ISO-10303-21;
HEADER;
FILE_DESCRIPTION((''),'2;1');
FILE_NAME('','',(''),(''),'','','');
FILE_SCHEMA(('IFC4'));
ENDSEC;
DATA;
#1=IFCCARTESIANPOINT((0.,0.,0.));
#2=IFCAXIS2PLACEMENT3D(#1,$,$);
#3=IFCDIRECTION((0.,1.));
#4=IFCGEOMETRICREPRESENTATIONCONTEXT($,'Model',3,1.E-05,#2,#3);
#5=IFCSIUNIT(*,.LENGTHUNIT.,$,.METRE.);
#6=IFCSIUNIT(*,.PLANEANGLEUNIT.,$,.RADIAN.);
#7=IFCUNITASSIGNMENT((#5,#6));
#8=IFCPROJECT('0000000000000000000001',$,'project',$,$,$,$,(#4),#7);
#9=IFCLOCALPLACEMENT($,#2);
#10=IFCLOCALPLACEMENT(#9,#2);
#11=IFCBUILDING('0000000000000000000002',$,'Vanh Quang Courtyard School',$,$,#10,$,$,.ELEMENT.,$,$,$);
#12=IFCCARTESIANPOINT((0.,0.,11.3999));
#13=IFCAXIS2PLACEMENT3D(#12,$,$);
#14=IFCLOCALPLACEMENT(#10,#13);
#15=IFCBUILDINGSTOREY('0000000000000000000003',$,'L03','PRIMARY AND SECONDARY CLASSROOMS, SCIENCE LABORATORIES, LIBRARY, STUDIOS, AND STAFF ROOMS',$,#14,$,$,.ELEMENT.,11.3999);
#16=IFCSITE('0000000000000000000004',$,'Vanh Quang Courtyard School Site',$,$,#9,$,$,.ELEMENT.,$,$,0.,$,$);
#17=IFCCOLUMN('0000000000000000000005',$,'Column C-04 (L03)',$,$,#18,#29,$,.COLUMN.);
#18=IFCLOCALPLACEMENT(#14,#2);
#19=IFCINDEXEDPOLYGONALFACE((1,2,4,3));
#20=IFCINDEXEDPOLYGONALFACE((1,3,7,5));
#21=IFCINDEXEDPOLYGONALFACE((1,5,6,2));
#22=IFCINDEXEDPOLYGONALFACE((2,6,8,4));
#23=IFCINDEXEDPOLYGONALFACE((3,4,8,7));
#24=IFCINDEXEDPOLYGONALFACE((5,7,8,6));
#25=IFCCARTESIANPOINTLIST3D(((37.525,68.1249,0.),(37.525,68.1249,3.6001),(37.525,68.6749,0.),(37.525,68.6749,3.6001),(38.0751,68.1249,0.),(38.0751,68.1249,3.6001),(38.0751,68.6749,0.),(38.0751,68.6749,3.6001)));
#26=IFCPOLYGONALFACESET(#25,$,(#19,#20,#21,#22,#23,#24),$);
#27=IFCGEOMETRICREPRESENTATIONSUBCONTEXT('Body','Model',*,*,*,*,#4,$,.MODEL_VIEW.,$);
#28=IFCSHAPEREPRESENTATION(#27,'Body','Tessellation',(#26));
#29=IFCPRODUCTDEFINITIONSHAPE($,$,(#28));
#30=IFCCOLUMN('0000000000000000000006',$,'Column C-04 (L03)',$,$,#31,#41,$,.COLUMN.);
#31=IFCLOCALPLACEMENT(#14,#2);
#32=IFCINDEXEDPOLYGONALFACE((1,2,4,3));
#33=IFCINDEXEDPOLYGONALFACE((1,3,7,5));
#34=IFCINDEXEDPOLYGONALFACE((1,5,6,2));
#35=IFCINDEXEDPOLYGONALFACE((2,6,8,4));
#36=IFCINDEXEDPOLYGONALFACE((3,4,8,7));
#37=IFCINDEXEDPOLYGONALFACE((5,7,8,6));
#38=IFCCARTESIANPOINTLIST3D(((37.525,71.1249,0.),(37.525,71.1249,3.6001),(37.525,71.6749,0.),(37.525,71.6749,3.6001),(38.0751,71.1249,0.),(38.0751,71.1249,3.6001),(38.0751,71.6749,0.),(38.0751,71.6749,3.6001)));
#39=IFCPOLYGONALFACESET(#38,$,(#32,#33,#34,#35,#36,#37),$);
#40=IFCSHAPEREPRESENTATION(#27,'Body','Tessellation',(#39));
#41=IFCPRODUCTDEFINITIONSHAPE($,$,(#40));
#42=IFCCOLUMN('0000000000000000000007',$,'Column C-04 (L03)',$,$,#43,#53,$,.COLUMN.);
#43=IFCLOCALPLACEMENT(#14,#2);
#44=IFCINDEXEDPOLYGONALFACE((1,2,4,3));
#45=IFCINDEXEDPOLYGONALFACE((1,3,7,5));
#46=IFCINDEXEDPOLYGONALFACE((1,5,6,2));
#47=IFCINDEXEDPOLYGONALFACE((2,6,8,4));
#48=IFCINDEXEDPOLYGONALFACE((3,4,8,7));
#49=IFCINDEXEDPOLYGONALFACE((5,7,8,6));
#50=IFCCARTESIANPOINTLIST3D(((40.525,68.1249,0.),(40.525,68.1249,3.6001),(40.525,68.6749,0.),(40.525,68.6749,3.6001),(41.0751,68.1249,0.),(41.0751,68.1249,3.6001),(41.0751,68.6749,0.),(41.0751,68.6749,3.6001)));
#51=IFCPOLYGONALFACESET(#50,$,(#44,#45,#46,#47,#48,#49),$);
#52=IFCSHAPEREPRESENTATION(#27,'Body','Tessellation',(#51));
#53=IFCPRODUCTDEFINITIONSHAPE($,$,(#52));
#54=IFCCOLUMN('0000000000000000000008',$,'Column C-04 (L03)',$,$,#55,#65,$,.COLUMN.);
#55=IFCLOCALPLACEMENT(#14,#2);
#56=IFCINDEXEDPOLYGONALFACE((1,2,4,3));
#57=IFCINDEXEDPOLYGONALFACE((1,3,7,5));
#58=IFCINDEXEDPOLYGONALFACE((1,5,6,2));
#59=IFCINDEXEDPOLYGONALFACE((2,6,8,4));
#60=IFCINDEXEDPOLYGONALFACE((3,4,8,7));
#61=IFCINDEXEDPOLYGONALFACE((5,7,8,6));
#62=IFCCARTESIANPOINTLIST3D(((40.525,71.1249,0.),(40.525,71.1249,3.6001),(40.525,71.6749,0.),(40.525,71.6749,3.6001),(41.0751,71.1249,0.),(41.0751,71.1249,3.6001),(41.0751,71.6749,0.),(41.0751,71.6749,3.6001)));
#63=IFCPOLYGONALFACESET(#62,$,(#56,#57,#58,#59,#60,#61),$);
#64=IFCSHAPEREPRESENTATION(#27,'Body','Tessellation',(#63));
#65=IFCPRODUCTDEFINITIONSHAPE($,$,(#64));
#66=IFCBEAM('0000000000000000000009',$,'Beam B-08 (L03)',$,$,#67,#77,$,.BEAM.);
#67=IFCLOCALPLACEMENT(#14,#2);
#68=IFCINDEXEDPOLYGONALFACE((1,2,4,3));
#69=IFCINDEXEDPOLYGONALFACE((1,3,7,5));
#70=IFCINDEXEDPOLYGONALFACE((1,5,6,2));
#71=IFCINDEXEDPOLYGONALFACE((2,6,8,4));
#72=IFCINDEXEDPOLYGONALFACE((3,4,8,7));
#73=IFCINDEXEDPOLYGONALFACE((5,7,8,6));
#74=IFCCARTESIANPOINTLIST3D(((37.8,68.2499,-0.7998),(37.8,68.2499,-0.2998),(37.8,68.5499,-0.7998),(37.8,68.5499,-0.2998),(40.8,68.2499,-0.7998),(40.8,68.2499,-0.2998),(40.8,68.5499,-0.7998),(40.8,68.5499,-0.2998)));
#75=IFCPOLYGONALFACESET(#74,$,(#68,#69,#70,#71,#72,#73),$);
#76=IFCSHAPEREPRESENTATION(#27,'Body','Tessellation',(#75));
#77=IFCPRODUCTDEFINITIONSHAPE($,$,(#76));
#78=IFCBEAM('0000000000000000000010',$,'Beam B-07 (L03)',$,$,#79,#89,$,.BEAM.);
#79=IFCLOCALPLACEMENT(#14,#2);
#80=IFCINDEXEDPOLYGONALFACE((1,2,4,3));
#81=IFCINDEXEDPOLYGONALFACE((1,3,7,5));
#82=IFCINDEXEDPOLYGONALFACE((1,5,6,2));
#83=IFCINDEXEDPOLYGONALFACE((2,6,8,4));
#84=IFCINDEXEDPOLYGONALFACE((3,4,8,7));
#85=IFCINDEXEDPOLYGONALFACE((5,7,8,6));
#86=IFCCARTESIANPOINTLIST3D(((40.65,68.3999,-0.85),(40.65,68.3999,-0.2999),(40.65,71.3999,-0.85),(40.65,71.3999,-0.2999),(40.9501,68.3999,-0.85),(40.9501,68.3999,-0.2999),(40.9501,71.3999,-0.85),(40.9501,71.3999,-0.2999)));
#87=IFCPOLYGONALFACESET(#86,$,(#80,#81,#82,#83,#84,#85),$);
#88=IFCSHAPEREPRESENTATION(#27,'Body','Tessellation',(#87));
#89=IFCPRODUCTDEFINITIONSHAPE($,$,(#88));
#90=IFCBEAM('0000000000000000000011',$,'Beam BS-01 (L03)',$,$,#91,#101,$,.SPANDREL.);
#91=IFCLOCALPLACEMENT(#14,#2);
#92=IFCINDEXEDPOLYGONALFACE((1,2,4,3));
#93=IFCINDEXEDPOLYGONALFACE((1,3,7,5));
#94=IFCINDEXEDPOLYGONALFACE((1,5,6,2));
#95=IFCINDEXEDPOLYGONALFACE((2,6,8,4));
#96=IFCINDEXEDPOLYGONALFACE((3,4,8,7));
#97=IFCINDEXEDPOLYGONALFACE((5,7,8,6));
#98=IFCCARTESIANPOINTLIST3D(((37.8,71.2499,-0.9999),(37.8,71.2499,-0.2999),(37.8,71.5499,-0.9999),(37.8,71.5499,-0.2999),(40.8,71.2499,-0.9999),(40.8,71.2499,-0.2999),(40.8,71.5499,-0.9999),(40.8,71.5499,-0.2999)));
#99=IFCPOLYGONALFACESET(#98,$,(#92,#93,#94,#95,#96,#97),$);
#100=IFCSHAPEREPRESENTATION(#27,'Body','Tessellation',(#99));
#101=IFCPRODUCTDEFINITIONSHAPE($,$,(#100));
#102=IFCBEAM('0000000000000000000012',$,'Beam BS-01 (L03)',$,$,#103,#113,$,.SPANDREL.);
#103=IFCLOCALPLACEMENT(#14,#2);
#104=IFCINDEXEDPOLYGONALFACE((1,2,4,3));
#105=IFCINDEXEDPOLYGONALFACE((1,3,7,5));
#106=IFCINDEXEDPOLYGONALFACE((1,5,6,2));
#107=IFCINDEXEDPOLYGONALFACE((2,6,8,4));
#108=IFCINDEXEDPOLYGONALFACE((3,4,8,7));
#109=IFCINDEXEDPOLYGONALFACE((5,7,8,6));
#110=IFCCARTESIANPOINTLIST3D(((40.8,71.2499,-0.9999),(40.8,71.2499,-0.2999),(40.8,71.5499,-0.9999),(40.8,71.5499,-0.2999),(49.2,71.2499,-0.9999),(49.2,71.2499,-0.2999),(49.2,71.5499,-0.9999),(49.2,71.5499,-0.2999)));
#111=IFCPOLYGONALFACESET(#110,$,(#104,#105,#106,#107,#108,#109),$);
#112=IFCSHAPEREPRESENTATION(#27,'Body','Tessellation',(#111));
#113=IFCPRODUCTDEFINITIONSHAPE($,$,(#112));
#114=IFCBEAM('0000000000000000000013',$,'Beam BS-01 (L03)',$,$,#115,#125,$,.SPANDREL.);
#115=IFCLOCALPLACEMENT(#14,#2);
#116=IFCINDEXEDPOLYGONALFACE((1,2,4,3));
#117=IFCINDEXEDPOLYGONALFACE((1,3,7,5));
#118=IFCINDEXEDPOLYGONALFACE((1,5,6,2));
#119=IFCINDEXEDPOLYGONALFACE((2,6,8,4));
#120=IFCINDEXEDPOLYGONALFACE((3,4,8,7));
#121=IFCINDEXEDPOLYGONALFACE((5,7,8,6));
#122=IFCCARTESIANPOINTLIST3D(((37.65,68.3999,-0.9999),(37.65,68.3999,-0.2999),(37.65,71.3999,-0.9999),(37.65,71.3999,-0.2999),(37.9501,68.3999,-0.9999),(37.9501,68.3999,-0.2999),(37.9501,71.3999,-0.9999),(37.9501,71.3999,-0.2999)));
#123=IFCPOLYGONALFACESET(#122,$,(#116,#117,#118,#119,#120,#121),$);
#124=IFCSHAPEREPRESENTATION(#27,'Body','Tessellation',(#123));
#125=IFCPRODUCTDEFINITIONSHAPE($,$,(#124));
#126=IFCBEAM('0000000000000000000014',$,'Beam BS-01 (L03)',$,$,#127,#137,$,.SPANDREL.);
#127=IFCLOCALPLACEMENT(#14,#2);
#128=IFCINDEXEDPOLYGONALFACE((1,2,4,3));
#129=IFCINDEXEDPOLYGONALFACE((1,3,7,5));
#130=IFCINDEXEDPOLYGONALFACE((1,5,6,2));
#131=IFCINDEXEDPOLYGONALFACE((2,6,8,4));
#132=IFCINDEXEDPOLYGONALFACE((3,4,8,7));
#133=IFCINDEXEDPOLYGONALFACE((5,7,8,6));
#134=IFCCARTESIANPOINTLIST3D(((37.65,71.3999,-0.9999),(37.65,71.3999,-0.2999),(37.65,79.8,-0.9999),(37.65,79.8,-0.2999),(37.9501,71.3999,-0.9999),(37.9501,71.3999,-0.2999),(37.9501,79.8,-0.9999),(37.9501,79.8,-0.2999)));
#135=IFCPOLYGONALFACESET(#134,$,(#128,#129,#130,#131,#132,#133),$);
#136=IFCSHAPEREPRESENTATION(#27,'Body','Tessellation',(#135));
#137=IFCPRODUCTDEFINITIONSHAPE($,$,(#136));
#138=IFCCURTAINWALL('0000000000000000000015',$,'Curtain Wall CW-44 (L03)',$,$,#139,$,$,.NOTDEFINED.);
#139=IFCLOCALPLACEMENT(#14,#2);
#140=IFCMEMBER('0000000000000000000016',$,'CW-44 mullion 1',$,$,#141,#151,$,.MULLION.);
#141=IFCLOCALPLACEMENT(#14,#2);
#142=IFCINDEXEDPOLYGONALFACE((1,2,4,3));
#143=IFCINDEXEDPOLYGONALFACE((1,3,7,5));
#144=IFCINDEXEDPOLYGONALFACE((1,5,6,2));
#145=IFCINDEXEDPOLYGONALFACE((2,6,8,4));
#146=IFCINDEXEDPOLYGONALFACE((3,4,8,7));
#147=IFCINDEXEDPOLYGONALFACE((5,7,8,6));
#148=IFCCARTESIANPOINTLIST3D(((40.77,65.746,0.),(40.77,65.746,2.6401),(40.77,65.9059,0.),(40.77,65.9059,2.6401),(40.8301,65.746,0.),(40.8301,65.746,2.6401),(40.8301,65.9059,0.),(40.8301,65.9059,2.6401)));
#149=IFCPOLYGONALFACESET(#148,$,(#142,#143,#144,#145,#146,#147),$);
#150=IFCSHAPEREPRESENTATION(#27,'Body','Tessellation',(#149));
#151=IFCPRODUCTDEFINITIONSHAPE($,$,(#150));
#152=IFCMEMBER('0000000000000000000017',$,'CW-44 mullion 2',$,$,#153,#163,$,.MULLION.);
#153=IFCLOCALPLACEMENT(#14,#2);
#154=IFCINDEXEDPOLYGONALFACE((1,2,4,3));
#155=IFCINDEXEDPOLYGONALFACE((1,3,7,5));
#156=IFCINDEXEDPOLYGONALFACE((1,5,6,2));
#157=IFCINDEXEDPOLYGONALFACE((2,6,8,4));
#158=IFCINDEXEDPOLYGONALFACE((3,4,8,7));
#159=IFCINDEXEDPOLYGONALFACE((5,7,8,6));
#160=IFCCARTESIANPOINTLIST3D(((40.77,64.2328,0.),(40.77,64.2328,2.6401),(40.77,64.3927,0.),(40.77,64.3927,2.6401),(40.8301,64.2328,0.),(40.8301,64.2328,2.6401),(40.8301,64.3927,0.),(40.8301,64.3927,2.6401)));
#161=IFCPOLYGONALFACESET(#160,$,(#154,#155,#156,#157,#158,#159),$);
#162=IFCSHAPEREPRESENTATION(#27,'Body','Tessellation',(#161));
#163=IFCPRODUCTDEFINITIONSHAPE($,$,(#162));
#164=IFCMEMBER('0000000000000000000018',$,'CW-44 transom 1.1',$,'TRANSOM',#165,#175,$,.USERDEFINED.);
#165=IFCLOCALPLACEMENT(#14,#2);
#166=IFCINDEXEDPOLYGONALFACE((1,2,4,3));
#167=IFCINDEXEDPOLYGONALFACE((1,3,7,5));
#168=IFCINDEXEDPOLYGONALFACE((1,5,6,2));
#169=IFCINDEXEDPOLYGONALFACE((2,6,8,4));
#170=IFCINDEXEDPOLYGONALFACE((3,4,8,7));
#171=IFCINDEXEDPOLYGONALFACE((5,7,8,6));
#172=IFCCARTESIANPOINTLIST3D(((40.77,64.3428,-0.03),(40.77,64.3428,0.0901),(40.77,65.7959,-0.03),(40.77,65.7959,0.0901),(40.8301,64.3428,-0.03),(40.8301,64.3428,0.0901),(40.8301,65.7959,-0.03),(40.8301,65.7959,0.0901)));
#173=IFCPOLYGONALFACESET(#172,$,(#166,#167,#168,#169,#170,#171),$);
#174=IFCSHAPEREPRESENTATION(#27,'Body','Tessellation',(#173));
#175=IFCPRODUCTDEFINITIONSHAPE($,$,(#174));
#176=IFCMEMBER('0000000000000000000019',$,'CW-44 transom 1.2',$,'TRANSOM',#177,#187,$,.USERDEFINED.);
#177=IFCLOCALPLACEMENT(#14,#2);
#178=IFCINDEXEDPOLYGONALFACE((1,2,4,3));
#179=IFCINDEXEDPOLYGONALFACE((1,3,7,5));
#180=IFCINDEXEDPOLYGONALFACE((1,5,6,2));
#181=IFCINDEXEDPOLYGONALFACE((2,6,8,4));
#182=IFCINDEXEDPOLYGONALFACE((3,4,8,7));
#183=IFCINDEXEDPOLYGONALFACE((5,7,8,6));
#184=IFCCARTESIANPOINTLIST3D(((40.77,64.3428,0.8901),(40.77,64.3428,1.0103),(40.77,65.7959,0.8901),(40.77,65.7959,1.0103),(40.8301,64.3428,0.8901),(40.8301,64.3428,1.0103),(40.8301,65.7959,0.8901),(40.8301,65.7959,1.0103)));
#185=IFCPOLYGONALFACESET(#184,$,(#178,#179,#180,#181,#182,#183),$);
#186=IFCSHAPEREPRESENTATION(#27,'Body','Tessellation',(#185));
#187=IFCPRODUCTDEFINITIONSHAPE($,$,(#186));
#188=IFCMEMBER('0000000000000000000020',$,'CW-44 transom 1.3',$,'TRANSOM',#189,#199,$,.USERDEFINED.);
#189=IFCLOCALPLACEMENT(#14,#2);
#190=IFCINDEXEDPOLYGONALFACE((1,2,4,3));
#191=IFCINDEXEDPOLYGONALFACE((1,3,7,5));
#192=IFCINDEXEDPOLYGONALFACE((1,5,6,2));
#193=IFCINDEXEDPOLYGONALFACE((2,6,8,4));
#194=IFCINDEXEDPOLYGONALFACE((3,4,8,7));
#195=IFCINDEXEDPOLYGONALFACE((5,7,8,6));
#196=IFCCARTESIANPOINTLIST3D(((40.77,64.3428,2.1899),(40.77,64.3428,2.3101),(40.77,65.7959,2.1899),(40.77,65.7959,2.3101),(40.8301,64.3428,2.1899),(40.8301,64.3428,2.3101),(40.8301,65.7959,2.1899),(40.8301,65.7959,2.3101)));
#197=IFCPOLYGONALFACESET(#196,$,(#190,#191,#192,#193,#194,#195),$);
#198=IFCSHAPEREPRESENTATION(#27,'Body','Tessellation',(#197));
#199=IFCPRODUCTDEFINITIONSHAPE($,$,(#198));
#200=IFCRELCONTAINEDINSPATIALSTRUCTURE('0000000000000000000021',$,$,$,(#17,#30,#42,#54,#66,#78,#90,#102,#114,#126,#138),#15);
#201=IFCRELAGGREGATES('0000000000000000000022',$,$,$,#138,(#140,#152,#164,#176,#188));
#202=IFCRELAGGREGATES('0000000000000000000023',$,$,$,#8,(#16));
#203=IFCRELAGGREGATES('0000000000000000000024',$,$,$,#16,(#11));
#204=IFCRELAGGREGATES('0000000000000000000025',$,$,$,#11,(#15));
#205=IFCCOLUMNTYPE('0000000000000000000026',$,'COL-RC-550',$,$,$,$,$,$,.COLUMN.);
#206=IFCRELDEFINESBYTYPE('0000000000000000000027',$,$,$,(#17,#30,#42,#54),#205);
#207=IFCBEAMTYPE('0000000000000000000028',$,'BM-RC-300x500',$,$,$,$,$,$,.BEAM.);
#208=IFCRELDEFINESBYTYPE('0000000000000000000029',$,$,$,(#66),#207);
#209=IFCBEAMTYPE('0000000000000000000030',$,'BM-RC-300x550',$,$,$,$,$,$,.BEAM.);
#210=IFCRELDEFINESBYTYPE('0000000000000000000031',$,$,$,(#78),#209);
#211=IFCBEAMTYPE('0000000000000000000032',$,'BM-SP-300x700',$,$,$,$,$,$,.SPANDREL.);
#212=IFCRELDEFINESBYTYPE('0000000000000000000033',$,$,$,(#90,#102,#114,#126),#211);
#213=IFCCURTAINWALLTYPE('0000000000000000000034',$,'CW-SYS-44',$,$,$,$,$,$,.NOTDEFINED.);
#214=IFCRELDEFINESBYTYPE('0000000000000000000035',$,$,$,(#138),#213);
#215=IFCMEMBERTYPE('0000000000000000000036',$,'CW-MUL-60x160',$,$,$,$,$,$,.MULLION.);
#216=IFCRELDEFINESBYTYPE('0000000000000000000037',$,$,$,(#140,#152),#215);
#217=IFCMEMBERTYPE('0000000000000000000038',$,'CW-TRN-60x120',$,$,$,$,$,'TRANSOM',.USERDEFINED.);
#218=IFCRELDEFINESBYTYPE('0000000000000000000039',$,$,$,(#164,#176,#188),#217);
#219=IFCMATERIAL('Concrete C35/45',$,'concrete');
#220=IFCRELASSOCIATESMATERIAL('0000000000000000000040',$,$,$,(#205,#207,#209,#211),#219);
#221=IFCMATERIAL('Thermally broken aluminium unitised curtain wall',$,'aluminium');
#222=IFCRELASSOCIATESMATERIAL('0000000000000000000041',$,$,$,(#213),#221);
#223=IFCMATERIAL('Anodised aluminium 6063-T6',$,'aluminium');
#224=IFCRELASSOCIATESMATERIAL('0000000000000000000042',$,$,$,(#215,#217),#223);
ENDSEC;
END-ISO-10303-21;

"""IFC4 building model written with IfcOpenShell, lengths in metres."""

from ifc_helpers import new_model, si_unit, direction, frame, origin, origin_2d, place, context, subcontext, project, spatial, rectangle, extrude, material, material_profile, profile_set, type_object, element, aggregate, save


model = new_model("IFC4")

# Units and contexts
model_context = context("Model", 3, precision=1e-05, world=origin(), true_north=direction((0.0, 1.0)))
body_context = subcontext(model_context, "Body", "Model", "MODEL_VIEW")
ifc_project = project(units=[si_unit("LENGTHUNIT", "METRE"), si_unit("PLANEANGLEUNIT", "RADIAN")], contexts=[model_context])

# Site, building, storey
site_placement = place(None, origin())
site = spatial("IfcSite", under=ifc_project, at=site_placement, Name="Vanh Quang Courtyard School Site", CompositionType="ELEMENT", RefElevation=0.0)
building_placement = place(site_placement, origin())
building = spatial("IfcBuilding", under=site, at=building_placement, Name="Vanh Quang Courtyard School", CompositionType="ELEMENT")
storey_placement = place(building_placement, frame((0.0, 0.0, 11.3999)))
storey = spatial("IfcBuildingStorey", under=building, at=storey_placement, Name="L03", Description="PRIMARY AND SECONDARY CLASSROOMS, SCIENCE LABORATORIES, LIBRARY, STUDIOS, AND STAFF ROOMS", CompositionType="ELEMENT", Elevation=11.3999)

# Columns
ifc_material_1 = material(Name="Concrete C35/45", Category="concrete")
ifc_material_profile_1 = material_profile(ifc_material_1, rectangle(XDim=0.55, YDim=0.55, at=origin_2d()), Name="RC-COL 550x550")
ifc_profile_set_1 = profile_set([ifc_material_profile_1], Name="Concrete C35/45")
column_type = type_object("IfcColumnType", Name="COL-RC-550", PredefinedType="COLUMN", material=ifc_profile_set_1)
for number, where, z_axis, x_axis, name in (
    (1, (37.8, 68.3999, 0.0), (0.0, 0.0, 1.0), (1.0, 0.0, 0.0), "Column C-04 (L03)"),
    (2, (37.8, 71.3999, 0.0), (0.0, 0.0, 1.0), (1.0, 0.0, 0.0), "Column C-04 (L03)"),
    (3, (40.8, 68.3999, 0.0), (0.0, 0.0, 1.0), (1.0, 0.0, 0.0), "Column C-04 (L03)"),
    (4, (40.8, 71.3999, 0.0), (0.0, 0.0, 1.0), (1.0, 0.0, 0.0), "Column C-04 (L03)"),
):
    element("IfcColumn", number, at=place(storey_placement, frame(where, z_axis=z_axis, x_axis=x_axis)), inside=storey, type_object=column_type, Name=name, PredefinedType="COLUMN", context=body_context, shape_type="SweptSolid", body=[
        extrude(rectangle(XDim=0.55, YDim=0.55, at=origin_2d()), origin(), (0.0, 0.0, 1.0), 3.6001),
    ])

# Beams
ifc_material_profile_2 = material_profile(ifc_material_1, rectangle(XDim=0.3, YDim=0.5, at=origin_2d()), Name="RC-BM 300x500")
ifc_profile_set_2 = profile_set([ifc_material_profile_2], Name="Concrete C35/45")
beam_type_1 = type_object("IfcBeamType", Name="BM-RC-300x500", PredefinedType="BEAM", material=ifc_profile_set_2)
beam_1_placement = place(storey_placement, frame((37.8, 68.3999, -0.5498), z_axis=(1.0, 0.0, 0.0), x_axis=(0.0, 1.0, 0.0)))
element("IfcBeam", 5, at=beam_1_placement, inside=storey, type_object=beam_type_1, Name="Beam B-08 (L03)", PredefinedType="BEAM", context=body_context, shape_type="SweptSolid", body=[
    extrude(rectangle(XDim=0.3, YDim=0.5, at=origin_2d()), origin(), (0.0, 0.0, 1.0), 3.0),
])
ifc_material_profile_3 = material_profile(ifc_material_1, rectangle(XDim=0.3, YDim=0.55, at=origin_2d()), Name="RC-BM 300x550")
ifc_profile_set_3 = profile_set([ifc_material_profile_3], Name="Concrete C35/45")
beam_type_2 = type_object("IfcBeamType", Name="BM-RC-300x550", PredefinedType="BEAM", material=ifc_profile_set_3)
beam_2_placement = place(storey_placement, frame((40.8, 68.3999, -0.575), z_axis=(0.0, 1.0, 0.0), x_axis=(-1.0, 0.0, 0.0)))
element("IfcBeam", 6, at=beam_2_placement, inside=storey, type_object=beam_type_2, Name="Beam B-07 (L03)", PredefinedType="BEAM", context=body_context, shape_type="SweptSolid", body=[
    extrude(rectangle(XDim=0.3, YDim=0.55, at=origin_2d()), origin(), (0.0, 0.0, 1.0), 3.0),
])
ifc_material_profile_4 = material_profile(ifc_material_1, rectangle(XDim=0.3, YDim=0.7, at=origin_2d()), Name="RC-SP 300x700")
ifc_profile_set_4 = profile_set([ifc_material_profile_4], Name="Concrete C35/45")
beam_type_3 = type_object("IfcBeamType", Name="BM-SP-300x700", PredefinedType="SPANDREL", material=ifc_profile_set_4)
beam_3_placement = place(storey_placement, frame((37.8, 71.3999, -0.6499), z_axis=(1.0, 0.0, 0.0), x_axis=(0.0, 1.0, 0.0)))
element("IfcBeam", 7, at=beam_3_placement, inside=storey, type_object=beam_type_3, Name="Beam BS-01 (L03)", PredefinedType="SPANDREL", context=body_context, shape_type="SweptSolid", body=[
    extrude(rectangle(XDim=0.3, YDim=0.7, at=origin_2d()), origin(), (0.0, 0.0, 1.0), 3.0),
])
beam_4_placement = place(storey_placement, frame((40.8, 71.3999, -0.6499), z_axis=(1.0, 0.0, 0.0), x_axis=(0.0, 1.0, 0.0)))
element("IfcBeam", 8, at=beam_4_placement, inside=storey, type_object=beam_type_3, Name="Beam BS-01 (L03)", PredefinedType="SPANDREL", context=body_context, shape_type="SweptSolid", body=[
    extrude(rectangle(XDim=0.3, YDim=0.7, at=origin_2d()), origin(), (0.0, 0.0, 1.0), 8.3999),
])
beam_5_placement = place(storey_placement, frame((37.8, 68.3999, -0.6499), z_axis=(0.0, 1.0, 0.0), x_axis=(-1.0, 0.0, 0.0)))
element("IfcBeam", 9, at=beam_5_placement, inside=storey, type_object=beam_type_3, Name="Beam BS-01 (L03)", PredefinedType="SPANDREL", context=body_context, shape_type="SweptSolid", body=[
    extrude(rectangle(XDim=0.3, YDim=0.7, at=origin_2d()), origin(), (0.0, 0.0, 1.0), 3.0),
])
beam_6_placement = place(storey_placement, frame((37.8, 71.3999, -0.6499), z_axis=(0.0, 1.0, 0.0), x_axis=(-1.0, 0.0, 0.0)))
element("IfcBeam", 10, at=beam_6_placement, inside=storey, type_object=beam_type_3, Name="Beam BS-01 (L03)", PredefinedType="SPANDREL", context=body_context, shape_type="SweptSolid", body=[
    extrude(rectangle(XDim=0.3, YDim=0.7, at=origin_2d()), origin(), (0.0, 0.0, 1.0), 8.4001),
])

# Curtain wall, members
ifc_material_2 = material(Name="Thermally broken aluminium unitised curtain wall", Category="aluminium")
curtain_wall_type = type_object("IfcCurtainWallType", Name="CW-SYS-44", PredefinedType="NOTDEFINED", material=ifc_material_2)
curtain_wall_placement = place(storey_placement, origin())
curtain_wall = element("IfcCurtainWall", 11, at=curtain_wall_placement, inside=storey, type_object=curtain_wall_type, Name="Curtain Wall CW-44 (L03)", PredefinedType="NOTDEFINED")
ifc_material_3 = material(Name="Anodised aluminium 6063-T6", Category="aluminium")
ifc_material_profile_5 = material_profile(ifc_material_3, rectangle(XDim=0.0601, YDim=0.1599, at=origin_2d()), Name="ALU-MUL 60x160")
ifc_profile_set_5 = profile_set([ifc_material_profile_5], Name="Anodised aluminium 6063-T6")
member_type_1 = type_object("IfcMemberType", Name="CW-MUL-60x160", PredefinedType="MULLION", material=ifc_profile_set_5)
member_1_placement = place(storey_placement, frame((40.8, 65.8259, 0.0), z_axis=(0.0, 0.0, 1.0), x_axis=(1.0, 0.0, 0.0)))
member_1 = element("IfcMember", 12, at=member_1_placement, type_object=member_type_1, Name="CW-44 mullion 1", PredefinedType="MULLION", context=body_context, shape_type="SweptSolid", body=[
    extrude(rectangle(XDim=0.0601, YDim=0.1599, at=origin_2d()), origin(), (0.0, 0.0, 1.0), 2.6401),
])
member_2_placement = place(storey_placement, frame((40.8, 64.3127, 0.0), z_axis=(0.0, 0.0, 1.0), x_axis=(1.0, 0.0, 0.0)))
member_2 = element("IfcMember", 13, at=member_2_placement, type_object=member_type_1, Name="CW-44 mullion 2", PredefinedType="MULLION", context=body_context, shape_type="SweptSolid", body=[
    extrude(rectangle(XDim=0.0601, YDim=0.1599, at=origin_2d()), origin(), (0.0, 0.0, 1.0), 2.6401),
])
ifc_material_profile_6 = material_profile(ifc_material_3, rectangle(XDim=0.0601, YDim=0.1201, at=origin_2d()), Name="ALU-TRN 60x120")
ifc_profile_set_6 = profile_set([ifc_material_profile_6], Name="Anodised aluminium 6063-T6")
member_type_2 = type_object("IfcMemberType", Name="CW-TRN-60x120", ElementType="TRANSOM", PredefinedType="USERDEFINED", material=ifc_profile_set_6)
member_3_placement = place(storey_placement, frame((40.8, 65.7959, 0.03), z_axis=(0.0, -1.0, 0.0), x_axis=(1.0, 0.0, 0.0)))
member_3 = element("IfcMember", 14, at=member_3_placement, type_object=member_type_2, Name="CW-44 transom 1.1", ObjectType="TRANSOM", PredefinedType="USERDEFINED", context=body_context, shape_type="SweptSolid", body=[
    extrude(rectangle(XDim=0.0601, YDim=0.1201, at=origin_2d()), origin(), (0.0, 0.0, 1.0), 1.4531),
])
member_4_placement = place(storey_placement, frame((40.8, 65.7959, 0.9502), z_axis=(0.0, -1.0, 0.0), x_axis=(1.0, 0.0, 0.0)))
member_4 = element("IfcMember", 15, at=member_4_placement, type_object=member_type_2, Name="CW-44 transom 1.2", ObjectType="TRANSOM", PredefinedType="USERDEFINED", context=body_context, shape_type="SweptSolid", body=[
    extrude(rectangle(XDim=0.0601, YDim=0.1201, at=origin_2d()), origin(), (0.0, 0.0, 1.0), 1.4531),
])
member_5_placement = place(storey_placement, frame((40.8, 65.7959, 2.25), z_axis=(0.0, -1.0, 0.0), x_axis=(1.0, 0.0, 0.0)))
member_5 = element("IfcMember", 16, at=member_5_placement, type_object=member_type_2, Name="CW-44 transom 1.3", ObjectType="TRANSOM", PredefinedType="USERDEFINED", context=body_context, shape_type="SweptSolid", body=[
    extrude(rectangle(XDim=0.0601, YDim=0.1201, at=origin_2d()), origin(), (0.0, 0.0, 1.0), 1.4531),
])
aggregate(curtain_wall, [member_1, member_2, member_3, member_4, member_5])

save(model, "model.ifc")
